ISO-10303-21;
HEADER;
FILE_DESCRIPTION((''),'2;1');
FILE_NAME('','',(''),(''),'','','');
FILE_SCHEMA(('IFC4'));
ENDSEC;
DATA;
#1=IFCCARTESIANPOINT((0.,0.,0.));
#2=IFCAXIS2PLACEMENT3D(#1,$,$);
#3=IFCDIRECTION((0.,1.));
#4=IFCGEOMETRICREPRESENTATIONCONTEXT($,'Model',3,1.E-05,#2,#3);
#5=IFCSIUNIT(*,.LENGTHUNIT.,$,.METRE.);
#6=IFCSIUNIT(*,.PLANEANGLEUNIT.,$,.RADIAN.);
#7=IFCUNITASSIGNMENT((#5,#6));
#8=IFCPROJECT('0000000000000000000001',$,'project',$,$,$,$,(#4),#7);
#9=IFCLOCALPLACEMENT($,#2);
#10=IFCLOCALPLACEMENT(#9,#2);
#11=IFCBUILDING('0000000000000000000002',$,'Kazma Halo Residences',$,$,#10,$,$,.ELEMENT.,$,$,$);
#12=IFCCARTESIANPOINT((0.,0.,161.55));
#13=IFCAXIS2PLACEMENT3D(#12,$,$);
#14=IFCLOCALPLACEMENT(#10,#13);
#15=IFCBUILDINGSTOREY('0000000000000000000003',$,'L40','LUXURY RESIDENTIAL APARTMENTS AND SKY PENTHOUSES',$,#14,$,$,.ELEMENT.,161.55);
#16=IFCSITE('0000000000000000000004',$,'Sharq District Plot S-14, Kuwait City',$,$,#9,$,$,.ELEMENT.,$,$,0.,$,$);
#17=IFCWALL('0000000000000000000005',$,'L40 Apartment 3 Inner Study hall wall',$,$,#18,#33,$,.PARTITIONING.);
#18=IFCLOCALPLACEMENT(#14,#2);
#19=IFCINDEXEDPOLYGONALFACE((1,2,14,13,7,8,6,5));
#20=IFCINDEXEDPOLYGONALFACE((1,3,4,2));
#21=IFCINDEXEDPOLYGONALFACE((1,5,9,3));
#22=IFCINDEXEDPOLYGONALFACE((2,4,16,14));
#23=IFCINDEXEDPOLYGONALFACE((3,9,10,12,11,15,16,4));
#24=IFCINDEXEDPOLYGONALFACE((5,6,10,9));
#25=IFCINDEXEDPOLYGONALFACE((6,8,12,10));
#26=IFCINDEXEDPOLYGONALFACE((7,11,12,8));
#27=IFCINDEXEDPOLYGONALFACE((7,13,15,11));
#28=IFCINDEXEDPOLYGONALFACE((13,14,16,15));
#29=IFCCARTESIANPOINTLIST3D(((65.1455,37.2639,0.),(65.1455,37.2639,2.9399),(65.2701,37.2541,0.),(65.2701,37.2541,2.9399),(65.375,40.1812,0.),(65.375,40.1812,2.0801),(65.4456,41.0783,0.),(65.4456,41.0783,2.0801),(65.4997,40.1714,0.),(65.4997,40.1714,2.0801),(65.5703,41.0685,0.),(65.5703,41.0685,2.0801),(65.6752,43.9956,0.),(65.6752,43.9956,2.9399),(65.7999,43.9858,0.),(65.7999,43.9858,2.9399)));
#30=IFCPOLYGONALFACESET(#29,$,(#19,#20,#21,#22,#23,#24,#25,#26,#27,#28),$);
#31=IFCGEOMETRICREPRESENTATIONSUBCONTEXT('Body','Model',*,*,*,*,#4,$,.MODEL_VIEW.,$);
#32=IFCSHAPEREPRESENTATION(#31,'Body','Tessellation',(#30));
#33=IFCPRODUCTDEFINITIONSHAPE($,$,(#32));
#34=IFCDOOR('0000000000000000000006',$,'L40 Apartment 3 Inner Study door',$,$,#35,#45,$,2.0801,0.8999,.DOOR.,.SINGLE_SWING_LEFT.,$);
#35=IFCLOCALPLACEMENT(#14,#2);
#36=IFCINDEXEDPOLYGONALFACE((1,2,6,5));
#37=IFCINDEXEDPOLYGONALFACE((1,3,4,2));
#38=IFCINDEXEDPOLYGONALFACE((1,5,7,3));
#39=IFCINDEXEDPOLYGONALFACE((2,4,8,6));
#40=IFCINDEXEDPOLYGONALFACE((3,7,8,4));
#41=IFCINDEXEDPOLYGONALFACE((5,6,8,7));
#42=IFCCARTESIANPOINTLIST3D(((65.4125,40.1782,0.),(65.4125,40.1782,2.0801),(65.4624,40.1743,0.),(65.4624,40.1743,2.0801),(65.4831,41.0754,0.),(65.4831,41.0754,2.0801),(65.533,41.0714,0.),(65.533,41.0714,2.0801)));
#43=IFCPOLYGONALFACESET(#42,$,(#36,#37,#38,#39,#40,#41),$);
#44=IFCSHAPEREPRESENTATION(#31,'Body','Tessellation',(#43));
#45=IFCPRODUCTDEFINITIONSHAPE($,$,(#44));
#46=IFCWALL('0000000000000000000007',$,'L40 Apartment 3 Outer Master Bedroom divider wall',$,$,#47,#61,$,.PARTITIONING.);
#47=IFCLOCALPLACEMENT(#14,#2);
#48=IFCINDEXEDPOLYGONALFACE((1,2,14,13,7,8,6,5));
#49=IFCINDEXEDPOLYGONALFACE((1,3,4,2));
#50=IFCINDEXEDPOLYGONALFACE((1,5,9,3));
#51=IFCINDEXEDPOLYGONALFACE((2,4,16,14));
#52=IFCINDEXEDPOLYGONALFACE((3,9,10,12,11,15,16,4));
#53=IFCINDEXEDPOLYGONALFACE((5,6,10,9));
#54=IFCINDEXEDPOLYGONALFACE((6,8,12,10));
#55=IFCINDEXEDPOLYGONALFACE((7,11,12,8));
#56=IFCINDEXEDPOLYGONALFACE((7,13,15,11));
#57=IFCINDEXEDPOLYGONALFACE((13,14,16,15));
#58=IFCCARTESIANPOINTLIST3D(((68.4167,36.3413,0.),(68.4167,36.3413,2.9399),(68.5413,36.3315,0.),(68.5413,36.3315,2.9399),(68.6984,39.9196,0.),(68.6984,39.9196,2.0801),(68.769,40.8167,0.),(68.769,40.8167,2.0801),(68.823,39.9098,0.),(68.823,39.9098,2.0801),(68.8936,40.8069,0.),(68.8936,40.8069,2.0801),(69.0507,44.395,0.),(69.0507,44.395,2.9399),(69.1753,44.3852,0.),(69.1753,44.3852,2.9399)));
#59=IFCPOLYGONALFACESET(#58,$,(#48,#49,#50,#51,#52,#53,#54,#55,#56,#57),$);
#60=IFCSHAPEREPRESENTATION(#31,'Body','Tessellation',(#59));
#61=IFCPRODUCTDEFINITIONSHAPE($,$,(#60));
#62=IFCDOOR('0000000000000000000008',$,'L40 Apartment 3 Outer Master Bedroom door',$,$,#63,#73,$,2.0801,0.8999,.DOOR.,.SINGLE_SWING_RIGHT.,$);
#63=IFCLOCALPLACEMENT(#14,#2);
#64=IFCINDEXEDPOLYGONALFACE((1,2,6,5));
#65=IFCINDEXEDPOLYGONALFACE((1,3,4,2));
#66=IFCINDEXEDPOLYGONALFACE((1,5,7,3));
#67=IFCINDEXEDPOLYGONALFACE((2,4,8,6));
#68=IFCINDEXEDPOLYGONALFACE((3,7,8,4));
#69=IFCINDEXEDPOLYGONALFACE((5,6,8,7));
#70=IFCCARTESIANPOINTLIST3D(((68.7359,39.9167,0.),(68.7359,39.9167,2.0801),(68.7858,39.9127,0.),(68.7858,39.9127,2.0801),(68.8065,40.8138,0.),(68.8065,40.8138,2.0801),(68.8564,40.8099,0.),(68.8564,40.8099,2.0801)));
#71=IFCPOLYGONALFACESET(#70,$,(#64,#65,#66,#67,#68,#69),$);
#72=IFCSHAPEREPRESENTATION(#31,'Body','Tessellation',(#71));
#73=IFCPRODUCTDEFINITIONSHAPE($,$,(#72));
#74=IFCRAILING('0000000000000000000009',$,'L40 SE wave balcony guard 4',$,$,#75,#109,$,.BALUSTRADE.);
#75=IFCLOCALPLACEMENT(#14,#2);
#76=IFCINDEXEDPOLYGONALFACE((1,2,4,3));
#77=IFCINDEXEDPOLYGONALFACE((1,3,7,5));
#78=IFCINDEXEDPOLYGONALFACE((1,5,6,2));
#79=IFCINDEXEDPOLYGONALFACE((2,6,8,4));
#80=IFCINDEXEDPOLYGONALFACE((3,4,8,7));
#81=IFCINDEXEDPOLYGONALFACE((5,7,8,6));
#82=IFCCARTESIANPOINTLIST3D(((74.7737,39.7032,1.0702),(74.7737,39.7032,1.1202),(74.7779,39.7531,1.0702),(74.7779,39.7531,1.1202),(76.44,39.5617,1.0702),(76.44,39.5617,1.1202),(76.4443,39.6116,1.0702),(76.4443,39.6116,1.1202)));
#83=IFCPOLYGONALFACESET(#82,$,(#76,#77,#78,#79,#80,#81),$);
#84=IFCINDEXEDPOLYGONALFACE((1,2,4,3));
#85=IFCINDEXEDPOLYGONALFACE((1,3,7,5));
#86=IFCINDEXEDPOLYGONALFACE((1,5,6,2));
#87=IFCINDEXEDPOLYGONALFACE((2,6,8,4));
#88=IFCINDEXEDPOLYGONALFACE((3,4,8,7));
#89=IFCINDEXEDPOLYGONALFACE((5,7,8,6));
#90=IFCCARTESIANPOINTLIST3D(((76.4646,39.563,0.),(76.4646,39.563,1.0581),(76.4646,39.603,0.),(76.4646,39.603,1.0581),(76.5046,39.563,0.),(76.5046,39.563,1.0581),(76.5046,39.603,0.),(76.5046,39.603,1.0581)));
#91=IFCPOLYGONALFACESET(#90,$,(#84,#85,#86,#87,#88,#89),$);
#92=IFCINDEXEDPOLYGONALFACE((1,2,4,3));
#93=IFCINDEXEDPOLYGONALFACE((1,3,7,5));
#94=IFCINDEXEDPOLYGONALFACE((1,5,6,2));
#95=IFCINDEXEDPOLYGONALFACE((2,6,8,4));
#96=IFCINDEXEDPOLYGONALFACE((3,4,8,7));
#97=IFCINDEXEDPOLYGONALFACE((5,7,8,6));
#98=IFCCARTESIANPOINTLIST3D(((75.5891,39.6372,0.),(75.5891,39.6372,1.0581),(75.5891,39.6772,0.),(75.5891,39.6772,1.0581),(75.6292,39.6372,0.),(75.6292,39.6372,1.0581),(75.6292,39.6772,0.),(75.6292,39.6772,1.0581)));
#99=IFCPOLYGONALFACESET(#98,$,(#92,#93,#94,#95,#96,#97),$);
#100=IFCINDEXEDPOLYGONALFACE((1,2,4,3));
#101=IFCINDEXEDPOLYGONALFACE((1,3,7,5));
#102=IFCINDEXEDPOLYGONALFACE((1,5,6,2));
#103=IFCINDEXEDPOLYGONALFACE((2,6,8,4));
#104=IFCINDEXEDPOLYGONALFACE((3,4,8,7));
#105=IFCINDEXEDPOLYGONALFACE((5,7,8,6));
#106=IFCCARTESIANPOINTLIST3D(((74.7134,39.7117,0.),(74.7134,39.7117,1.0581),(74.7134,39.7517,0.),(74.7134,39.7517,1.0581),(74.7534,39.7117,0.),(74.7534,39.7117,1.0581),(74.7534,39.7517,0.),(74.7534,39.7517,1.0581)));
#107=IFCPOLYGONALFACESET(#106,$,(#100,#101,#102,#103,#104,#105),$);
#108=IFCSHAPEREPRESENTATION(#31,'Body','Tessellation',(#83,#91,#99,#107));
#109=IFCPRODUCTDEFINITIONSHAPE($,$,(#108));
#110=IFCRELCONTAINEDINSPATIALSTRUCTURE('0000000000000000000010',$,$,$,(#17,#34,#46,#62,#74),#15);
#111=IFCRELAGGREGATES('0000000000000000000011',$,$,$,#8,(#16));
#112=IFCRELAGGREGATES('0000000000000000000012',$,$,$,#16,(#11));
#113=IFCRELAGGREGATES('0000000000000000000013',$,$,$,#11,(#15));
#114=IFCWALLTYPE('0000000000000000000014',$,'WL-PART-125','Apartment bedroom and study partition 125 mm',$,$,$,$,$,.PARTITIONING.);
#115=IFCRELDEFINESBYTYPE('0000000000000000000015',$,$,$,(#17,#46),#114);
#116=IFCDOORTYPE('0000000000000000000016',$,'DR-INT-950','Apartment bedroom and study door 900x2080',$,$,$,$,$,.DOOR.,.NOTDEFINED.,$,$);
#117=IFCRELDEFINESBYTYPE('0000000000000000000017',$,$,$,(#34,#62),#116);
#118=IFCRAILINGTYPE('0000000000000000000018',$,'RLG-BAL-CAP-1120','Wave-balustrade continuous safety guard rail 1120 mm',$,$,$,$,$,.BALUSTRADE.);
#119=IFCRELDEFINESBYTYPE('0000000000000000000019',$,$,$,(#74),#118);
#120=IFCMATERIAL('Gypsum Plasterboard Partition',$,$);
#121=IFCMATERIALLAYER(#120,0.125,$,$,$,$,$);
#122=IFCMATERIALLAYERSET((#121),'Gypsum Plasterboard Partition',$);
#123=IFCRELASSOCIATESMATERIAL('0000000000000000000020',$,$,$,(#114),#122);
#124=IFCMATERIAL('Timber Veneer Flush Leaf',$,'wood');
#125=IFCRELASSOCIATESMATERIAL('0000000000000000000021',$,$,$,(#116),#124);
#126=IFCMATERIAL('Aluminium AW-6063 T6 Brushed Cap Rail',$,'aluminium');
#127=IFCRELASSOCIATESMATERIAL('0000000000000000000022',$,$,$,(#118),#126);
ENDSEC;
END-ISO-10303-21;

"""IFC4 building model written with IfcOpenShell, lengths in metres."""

from ifc_helpers import new_model, si_unit, direction, frame, frame_2d, origin, origin_2d, place, context, subcontext, project, spatial, rectangle, extrude, material, layer, layer_set, type_object, element, fill, save


model = new_model("IFC4")

# Units and contexts
model_context = context("Model", 3, precision=1e-05, world=origin(), true_north=direction((0.0, 1.0)))
body_context = subcontext(model_context, "Body", "Model", "MODEL_VIEW")
ifc_project = project(units=[si_unit("LENGTHUNIT", "METRE"), si_unit("PLANEANGLEUNIT", "RADIAN")], contexts=[model_context])

# Site, building, storey
site_placement = place(None, origin())
site = spatial("IfcSite", under=ifc_project, at=site_placement, Name="Sharq District Plot S-14, Kuwait City", CompositionType="ELEMENT", RefElevation=0.0)
building_placement = place(site_placement, origin())
building = spatial("IfcBuilding", under=site, at=building_placement, Name="Kazma Halo Residences", CompositionType="ELEMENT")
storey_placement = place(building_placement, frame((0.0, 0.0, 161.55)))
storey = spatial("IfcBuildingStorey", under=building, at=storey_placement, Name="L40", Description="LUXURY RESIDENTIAL APARTMENTS AND SKY PENTHOUSES", CompositionType="ELEMENT", Elevation=161.55)

# Shared definitions
ifc_material_1 = material(Name="Gypsum Plasterboard Partition")
ifc_layer_1 = layer(ifc_material_1, 0.125)
ifc_layer_set_1 = layer_set([ifc_layer_1], Name="Gypsum Plasterboard Partition")
wall_type_1 = type_object("IfcWallType", Name="WL-PART-125", Description="Apartment bedroom and study partition 125 mm", PredefinedType="PARTITIONING", material=ifc_layer_set_1)
ifc_material_2 = material(Name="Timber Veneer Flush Leaf", Category="wood")
door_type = type_object("IfcDoorType", Name="DR-INT-950", Description="Apartment bedroom and study door 900x2080", OperationType="NOTDEFINED", PredefinedType="DOOR", material=ifc_material_2)

# Walls, openings, doors
wall_1_placement = place(storey_placement, frame((65.2078, 37.259, 0.0), z_axis=(0.0, 0.0, 1.0), x_axis=(0.078458, 0.996917, 0.0)))
wall_1 = element("IfcWall", 1, at=wall_1_placement, inside=storey, type_object=wall_type_1, Name="L40 Apartment 3 Inner Study hall wall", PredefinedType="PARTITIONING", context=body_context, shape_type="SweptSolid", body=[
    extrude(rectangle(XDim=6.7524, YDim=0.125, at=frame_2d((3.3762, 0.0))), origin(), (0.0, 0.0, 1.0), 2.9399),
])
opening_1_placement = place(wall_1_placement, frame((2.9263, 0.0, 0.0)))
opening_1 = element("IfcOpeningElement", 2, at=opening_1_placement, cuts=wall_1, PredefinedType="OPENING", context=body_context, shape_type="SweptSolid", body=[
    extrude(rectangle(XDim=0.8999, YDim=2.0801, at=frame_2d((0.45, 1.04))), frame((0.0, 0.0725, 0.0), z_axis=(0.0, -1.0, 0.0), x_axis=(1.0, 0.0, 0.0)), (0.0, 0.0, 1.0), 0.145),
])
door_1_placement = place(opening_1_placement, origin())
door_1 = element("IfcDoor", 3, at=door_1_placement, inside=storey, type_object=door_type, Name="L40 Apartment 3 Inner Study door", OperationType="SINGLE_SWING_LEFT", OverallHeight=2.0801, OverallWidth=0.8999, PredefinedType="DOOR", context=body_context, shape_type="SweptSolid", body=[
    extrude(rectangle(XDim=0.8999, YDim=2.0801, at=frame_2d((0.45, 1.04))), frame((0.0, 0.0249, 0.0), z_axis=(0.0, -1.0, 0.0), x_axis=(1.0, 0.0, 0.0)), (0.0, 0.0, 1.0), 0.05),
])
fill(opening_1, door_1)
wall_2_placement = place(storey_placement, frame((68.479, 36.3364, 0.0), z_axis=(0.0, 0.0, 1.0), x_axis=(0.078483, 0.996915, 0.0)))
wall_2 = element("IfcWall", 4, at=wall_2_placement, inside=storey, type_object=wall_type_1, Name="L40 Apartment 3 Outer Master Bedroom divider wall", PredefinedType="PARTITIONING", context=body_context, shape_type="SweptSolid", body=[
    extrude(rectangle(XDim=8.0786, YDim=0.125, at=frame_2d((4.0393, 0.0))), origin(), (0.0, 0.0, 1.0), 2.9399),
])
opening_2_placement = place(wall_2_placement, frame((3.5894, 0.0, 0.0)))
opening_2 = element("IfcOpeningElement", 5, at=opening_2_placement, cuts=wall_2, PredefinedType="OPENING", context=body_context, shape_type="SweptSolid", body=[
    extrude(rectangle(XDim=0.8999, YDim=2.0801, at=frame_2d((0.45, 1.04))), frame((0.0, 0.0725, 0.0), z_axis=(0.0, -1.0, 0.0), x_axis=(1.0, 0.0, 0.0)), (0.0, 0.0, 1.0), 0.145),
])
door_2_placement = place(opening_2_placement, origin())
door_2 = element("IfcDoor", 6, at=door_2_placement, inside=storey, type_object=door_type, Name="L40 Apartment 3 Outer Master Bedroom door", OperationType="SINGLE_SWING_RIGHT", OverallHeight=2.0801, OverallWidth=0.8999, PredefinedType="DOOR", context=body_context, shape_type="SweptSolid", body=[
    extrude(rectangle(XDim=0.8999, YDim=2.0801, at=frame_2d((0.45, 1.04))), frame((0.0, 0.0249, 0.0), z_axis=(0.0, -1.0, 0.0), x_axis=(1.0, 0.0, 0.0)), (0.0, 0.0, 1.0), 0.05),
])
fill(opening_2, door_2)

# Railing
ifc_material_3 = material(Name="Aluminium AW-6063 T6 Brushed Cap Rail", Category="aluminium")
railing_type = type_object("IfcRailingType", Name="RLG-BAL-CAP-1120", Description="Wave-balustrade continuous safety guard rail 1120 mm", PredefinedType="BALUSTRADE", material=ifc_material_3)
railing_placement = place(storey_placement, frame((76.4846, 39.583, 0.0)))
element("IfcRailing", 7, at=railing_placement, inside=storey, type_object=railing_type, Name="L40 SE wave balcony guard 4", PredefinedType="BALUSTRADE", context=body_context, shape_type="SweptSolid", body=[
    extrude(rectangle(XDim=0.05, YDim=0.05, at=origin_2d()), frame((-0.0425, 0.0037, 1.0952), z_axis=(-0.996415, 0.084597, 0.0), x_axis=(-0.084597, -0.996415, 0.0)), (0.0, 0.0, 1.0), 1.6724),
    extrude(rectangle(XDim=0.04, YDim=0.04, at=origin_2d()), origin(), (0.0, 0.0, 1.0), 1.0581),
    extrude(rectangle(XDim=0.04, YDim=0.04, at=origin_2d()), frame((-0.8755, 0.0742, 0.0)), (0.0, 0.0, 1.0), 1.0581),
    extrude(rectangle(XDim=0.04, YDim=0.04, at=origin_2d()), frame((-1.7512, 0.1487, 0.0)), (0.0, 0.0, 1.0), 1.0581),
])

save(model, "model.ifc")
